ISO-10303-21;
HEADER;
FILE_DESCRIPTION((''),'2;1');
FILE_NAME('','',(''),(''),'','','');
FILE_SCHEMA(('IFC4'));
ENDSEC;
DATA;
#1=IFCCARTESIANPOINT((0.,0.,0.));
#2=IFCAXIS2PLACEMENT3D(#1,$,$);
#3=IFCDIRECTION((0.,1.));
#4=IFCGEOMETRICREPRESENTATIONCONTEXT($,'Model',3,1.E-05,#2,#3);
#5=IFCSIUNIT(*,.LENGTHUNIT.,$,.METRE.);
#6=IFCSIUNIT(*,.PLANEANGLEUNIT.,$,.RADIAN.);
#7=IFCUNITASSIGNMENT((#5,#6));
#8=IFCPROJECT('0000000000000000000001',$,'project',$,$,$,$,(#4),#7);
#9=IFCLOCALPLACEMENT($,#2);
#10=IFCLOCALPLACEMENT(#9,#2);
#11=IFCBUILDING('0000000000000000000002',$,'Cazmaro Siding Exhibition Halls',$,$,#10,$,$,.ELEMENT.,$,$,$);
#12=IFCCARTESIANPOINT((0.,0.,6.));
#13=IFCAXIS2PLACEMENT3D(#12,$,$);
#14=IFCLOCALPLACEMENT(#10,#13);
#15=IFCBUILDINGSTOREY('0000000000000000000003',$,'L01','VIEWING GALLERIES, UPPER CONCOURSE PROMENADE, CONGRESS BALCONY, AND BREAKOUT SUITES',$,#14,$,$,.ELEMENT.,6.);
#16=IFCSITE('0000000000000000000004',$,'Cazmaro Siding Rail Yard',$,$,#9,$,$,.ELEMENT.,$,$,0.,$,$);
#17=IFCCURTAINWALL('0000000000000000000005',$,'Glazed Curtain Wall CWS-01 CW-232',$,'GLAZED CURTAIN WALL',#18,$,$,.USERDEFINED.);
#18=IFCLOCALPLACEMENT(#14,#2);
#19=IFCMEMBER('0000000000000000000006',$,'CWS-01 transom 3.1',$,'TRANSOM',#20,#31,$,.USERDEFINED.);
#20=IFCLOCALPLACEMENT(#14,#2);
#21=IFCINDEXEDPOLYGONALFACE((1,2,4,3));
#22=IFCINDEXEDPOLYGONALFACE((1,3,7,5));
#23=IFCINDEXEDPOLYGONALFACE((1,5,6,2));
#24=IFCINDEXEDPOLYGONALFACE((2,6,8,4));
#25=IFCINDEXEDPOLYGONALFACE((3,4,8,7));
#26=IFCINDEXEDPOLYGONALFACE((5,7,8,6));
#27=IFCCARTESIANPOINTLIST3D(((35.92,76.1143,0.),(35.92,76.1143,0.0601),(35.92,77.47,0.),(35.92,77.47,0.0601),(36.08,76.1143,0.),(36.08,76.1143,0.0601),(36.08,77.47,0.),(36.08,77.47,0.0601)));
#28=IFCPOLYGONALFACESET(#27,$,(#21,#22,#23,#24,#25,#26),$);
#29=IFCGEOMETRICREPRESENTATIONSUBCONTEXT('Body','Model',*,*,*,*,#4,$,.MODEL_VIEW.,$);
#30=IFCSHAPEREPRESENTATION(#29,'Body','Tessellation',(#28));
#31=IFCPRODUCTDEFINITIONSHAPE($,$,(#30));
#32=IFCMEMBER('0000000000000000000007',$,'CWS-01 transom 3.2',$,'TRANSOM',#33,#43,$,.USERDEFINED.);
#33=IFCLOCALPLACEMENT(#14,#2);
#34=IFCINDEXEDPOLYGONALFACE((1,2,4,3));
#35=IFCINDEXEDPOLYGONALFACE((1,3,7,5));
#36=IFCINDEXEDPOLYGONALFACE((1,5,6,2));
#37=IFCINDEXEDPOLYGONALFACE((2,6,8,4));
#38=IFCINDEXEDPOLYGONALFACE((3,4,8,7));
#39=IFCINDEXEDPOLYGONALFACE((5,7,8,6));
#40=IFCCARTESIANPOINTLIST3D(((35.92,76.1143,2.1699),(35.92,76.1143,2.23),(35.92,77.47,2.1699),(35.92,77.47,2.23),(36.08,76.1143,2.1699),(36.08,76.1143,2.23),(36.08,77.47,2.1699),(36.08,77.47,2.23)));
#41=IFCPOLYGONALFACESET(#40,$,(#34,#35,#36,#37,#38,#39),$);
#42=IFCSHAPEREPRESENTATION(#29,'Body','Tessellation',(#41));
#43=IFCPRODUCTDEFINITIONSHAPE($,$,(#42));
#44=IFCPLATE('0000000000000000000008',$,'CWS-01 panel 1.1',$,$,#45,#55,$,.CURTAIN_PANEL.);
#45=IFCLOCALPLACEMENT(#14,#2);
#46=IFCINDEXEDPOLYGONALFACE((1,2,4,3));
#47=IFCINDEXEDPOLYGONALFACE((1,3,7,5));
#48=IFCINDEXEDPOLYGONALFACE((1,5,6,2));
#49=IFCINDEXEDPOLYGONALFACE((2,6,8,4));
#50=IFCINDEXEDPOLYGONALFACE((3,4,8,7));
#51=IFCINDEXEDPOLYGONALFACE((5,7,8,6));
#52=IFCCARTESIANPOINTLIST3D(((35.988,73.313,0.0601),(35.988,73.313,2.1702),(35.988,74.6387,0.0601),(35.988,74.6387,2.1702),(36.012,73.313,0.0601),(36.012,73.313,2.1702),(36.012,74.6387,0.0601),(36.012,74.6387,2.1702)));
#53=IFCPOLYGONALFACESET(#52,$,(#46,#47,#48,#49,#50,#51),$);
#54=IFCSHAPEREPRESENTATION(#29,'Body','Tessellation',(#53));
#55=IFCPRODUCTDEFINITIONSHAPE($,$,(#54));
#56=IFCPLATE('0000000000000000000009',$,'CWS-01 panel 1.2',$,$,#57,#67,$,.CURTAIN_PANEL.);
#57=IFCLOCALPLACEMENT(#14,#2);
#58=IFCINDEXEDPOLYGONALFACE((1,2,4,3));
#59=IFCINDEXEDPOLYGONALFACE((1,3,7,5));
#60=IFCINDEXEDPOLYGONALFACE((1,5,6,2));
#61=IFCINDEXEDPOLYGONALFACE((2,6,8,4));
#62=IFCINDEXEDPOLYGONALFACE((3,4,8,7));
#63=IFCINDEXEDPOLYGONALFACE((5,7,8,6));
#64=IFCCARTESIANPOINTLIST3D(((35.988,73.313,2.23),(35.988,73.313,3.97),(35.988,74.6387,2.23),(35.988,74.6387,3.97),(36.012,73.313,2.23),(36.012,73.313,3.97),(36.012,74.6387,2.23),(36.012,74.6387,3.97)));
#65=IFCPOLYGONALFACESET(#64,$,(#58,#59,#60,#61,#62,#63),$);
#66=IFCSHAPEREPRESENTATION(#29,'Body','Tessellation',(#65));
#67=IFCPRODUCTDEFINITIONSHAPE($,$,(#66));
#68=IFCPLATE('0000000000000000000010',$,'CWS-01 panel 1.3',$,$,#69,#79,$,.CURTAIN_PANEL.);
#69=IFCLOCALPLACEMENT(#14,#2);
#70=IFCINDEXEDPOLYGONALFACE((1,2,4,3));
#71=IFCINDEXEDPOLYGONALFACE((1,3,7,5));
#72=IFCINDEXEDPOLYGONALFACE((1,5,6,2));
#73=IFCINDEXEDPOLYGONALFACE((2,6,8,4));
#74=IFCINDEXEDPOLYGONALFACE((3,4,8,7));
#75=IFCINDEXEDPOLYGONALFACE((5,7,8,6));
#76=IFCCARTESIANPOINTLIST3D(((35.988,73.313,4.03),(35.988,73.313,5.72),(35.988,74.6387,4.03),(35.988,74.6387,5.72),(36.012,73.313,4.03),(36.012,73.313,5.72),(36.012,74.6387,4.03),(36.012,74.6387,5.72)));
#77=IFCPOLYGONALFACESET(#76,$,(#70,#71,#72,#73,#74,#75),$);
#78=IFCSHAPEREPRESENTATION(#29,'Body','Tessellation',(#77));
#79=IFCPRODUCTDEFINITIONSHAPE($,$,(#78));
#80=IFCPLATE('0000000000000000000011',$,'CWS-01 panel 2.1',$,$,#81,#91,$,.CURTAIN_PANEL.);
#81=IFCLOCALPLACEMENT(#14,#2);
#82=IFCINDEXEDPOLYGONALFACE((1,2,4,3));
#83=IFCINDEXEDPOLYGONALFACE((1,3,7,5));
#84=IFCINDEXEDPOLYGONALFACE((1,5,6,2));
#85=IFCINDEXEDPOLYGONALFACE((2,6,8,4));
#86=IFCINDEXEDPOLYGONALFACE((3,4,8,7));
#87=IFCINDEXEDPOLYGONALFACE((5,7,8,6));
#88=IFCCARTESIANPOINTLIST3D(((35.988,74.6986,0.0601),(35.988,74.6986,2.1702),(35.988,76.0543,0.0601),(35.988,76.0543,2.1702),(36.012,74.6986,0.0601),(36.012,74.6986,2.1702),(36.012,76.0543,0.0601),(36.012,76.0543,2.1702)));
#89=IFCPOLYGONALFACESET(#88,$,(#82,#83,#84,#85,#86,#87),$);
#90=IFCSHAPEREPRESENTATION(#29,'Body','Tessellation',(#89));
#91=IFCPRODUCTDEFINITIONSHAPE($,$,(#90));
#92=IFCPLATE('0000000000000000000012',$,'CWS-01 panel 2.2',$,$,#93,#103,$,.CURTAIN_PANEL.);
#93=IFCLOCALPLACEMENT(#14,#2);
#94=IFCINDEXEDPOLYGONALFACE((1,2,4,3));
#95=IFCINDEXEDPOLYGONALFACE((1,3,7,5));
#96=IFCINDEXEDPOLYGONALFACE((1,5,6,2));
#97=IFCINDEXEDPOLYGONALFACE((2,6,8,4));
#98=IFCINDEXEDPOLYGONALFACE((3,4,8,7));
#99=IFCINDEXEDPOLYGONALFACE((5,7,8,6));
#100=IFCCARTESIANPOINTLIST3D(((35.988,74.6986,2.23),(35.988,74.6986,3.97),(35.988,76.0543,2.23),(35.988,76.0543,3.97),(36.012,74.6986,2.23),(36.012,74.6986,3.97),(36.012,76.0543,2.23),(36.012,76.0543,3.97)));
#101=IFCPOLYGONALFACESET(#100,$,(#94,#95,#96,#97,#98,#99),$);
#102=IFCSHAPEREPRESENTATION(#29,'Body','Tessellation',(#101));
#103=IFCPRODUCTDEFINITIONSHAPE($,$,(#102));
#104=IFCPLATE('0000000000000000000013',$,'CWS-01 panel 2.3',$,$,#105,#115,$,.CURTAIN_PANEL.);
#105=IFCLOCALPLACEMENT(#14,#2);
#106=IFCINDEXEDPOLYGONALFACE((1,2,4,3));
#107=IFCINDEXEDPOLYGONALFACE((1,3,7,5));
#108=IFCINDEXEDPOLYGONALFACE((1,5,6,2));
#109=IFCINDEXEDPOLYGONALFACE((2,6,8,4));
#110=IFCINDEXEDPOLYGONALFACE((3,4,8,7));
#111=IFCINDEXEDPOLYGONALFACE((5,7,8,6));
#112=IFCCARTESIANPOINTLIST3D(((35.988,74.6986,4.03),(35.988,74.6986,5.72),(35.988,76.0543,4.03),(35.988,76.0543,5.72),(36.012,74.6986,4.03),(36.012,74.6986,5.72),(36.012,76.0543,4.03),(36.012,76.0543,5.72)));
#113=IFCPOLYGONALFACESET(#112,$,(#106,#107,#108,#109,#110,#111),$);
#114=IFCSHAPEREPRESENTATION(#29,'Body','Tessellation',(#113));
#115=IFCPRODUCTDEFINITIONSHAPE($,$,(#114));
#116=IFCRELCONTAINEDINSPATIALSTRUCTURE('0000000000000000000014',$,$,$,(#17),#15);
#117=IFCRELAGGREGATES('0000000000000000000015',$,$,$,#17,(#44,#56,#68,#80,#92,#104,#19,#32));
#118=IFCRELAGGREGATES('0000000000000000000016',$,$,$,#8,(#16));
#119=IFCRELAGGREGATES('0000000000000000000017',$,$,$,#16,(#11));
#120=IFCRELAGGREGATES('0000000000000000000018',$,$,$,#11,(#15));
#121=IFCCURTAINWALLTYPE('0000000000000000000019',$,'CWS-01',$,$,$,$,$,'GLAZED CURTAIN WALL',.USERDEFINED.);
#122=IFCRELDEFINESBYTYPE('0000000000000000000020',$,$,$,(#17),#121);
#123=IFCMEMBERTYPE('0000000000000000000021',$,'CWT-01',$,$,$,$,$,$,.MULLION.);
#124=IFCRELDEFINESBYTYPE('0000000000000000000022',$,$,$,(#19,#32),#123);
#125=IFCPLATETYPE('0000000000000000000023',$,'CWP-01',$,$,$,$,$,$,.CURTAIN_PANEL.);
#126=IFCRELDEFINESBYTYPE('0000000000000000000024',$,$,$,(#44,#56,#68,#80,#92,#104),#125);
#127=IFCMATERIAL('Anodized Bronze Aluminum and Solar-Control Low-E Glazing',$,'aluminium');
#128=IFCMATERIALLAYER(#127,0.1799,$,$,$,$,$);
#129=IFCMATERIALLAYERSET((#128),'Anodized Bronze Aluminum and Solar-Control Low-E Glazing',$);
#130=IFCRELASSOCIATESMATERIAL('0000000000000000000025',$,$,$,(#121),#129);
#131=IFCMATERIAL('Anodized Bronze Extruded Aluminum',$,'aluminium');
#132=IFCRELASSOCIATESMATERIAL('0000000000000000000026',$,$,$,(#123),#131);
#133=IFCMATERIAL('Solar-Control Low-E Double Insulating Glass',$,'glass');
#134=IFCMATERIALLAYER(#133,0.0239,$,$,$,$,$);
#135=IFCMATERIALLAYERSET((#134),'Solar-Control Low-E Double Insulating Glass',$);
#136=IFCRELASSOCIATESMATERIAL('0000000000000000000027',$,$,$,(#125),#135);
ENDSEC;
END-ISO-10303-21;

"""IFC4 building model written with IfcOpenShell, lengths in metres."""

from ifc_helpers import new_model, si_unit, direction, frame, origin, origin_2d, place, context, subcontext, project, spatial, rectangle, extrude, material, layer, layer_set, material_profile, profile_set, type_object, element, aggregate, save


model = new_model("IFC4")

# Units and contexts
model_context = context("Model", 3, precision=1e-05, world=origin(), true_north=direction((0.0, 1.0)))
body_context = subcontext(model_context, "Body", "Model", "MODEL_VIEW")
ifc_project = project(units=[si_unit("LENGTHUNIT", "METRE"), si_unit("PLANEANGLEUNIT", "RADIAN")], contexts=[model_context])

# Site, building, storey
site_placement = place(None, origin())
site = spatial("IfcSite", under=ifc_project, at=site_placement, Name="Cazmaro Siding Rail Yard", CompositionType="ELEMENT", RefElevation=0.0)
building_placement = place(site_placement, origin())
building = spatial("IfcBuilding", under=site, at=building_placement, Name="Cazmaro Siding Exhibition Halls", CompositionType="ELEMENT")
storey_placement = place(building_placement, frame((0.0, 0.0, 6.0)))
storey = spatial("IfcBuildingStorey", under=building, at=storey_placement, Name="L01", Description="VIEWING GALLERIES, UPPER CONCOURSE PROMENADE, CONGRESS BALCONY, AND BREAKOUT SUITES", CompositionType="ELEMENT", Elevation=6.0)

# Curtain wall, members, plates
ifc_material_1 = material(Name="Anodized Bronze Aluminum and Solar-Control Low-E Glazing", Category="aluminium")
ifc_layer_1 = layer(ifc_material_1, 0.1799)
ifc_layer_set_1 = layer_set([ifc_layer_1], Name="Anodized Bronze Aluminum and Solar-Control Low-E Glazing")
curtain_wall_type = type_object("IfcCurtainWallType", Name="CWS-01", ElementType="GLAZED CURTAIN WALL", PredefinedType="USERDEFINED", material=ifc_layer_set_1)
curtain_wall_placement = place(storey_placement, origin())
curtain_wall = element("IfcCurtainWall", 1, at=curtain_wall_placement, inside=storey, type_object=curtain_wall_type, Name="Glazed Curtain Wall CWS-01 CW-232", ObjectType="GLAZED CURTAIN WALL", PredefinedType="USERDEFINED")
ifc_material_2 = material(Name="Anodized Bronze Extruded Aluminum", Category="aluminium")
ifc_material_profile_1 = material_profile(ifc_material_2, rectangle(XDim=0.1599, YDim=0.0601, at=origin_2d()), Name="CWT-01")
ifc_profile_set_1 = profile_set([ifc_material_profile_1], Name="Anodized Bronze Extruded Aluminum")
member_type_1 = type_object("IfcMemberType", Name="CWT-01", PredefinedType="MULLION", material=ifc_profile_set_1)
member_1_placement = place(storey_placement, frame((36.0, 76.1143, 0.03), z_axis=(0.0, 1.0, 0.0), x_axis=(-1.0, 0.0, 0.0)))
member_1 = element("IfcMember", 2, at=member_1_placement, type_object=member_type_1, Name="CWS-01 transom 3.1", ObjectType="TRANSOM", PredefinedType="USERDEFINED", context=body_context, shape_type="SweptSolid", body=[
    extrude(rectangle(XDim=0.1599, YDim=0.0601, at=origin_2d()), origin(), (0.0, 0.0, 1.0), 1.3557),
])
member_2_placement = place(storey_placement, frame((36.0, 76.1143, 2.2), z_axis=(0.0, 1.0, 0.0), x_axis=(-1.0, 0.0, 0.0)))
member_2 = element("IfcMember", 3, at=member_2_placement, type_object=member_type_1, Name="CWS-01 transom 3.2", ObjectType="TRANSOM", PredefinedType="USERDEFINED", context=body_context, shape_type="SweptSolid", body=[
    extrude(rectangle(XDim=0.1599, YDim=0.0601, at=origin_2d()), origin(), (0.0, 0.0, 1.0), 1.3557),
])
ifc_material_3 = material(Name="Solar-Control Low-E Double Insulating Glass", Category="glass")
ifc_layer_2 = layer(ifc_material_3, 0.0239)
ifc_layer_set_2 = layer_set([ifc_layer_2], Name="Solar-Control Low-E Double Insulating Glass")
plate_type = type_object("IfcPlateType", Name="CWP-01", PredefinedType="CURTAIN_PANEL", material=ifc_layer_set_2)
plate_1_placement = place(storey_placement, frame((36.0, 73.9758, 0.0601), z_axis=(0.0, 0.0, 1.0), x_axis=(0.0, 1.0, 0.0)))
plate_1 = element("IfcPlate", 4, at=plate_1_placement, type_object=plate_type, Name="CWS-01 panel 1.1", PredefinedType="CURTAIN_PANEL", context=body_context, shape_type="SweptSolid", body=[
    extrude(rectangle(XDim=1.3257, YDim=0.0239, at=origin_2d()), origin(), (0.0, 0.0, 1.0), 2.1101),
])
plate_2_placement = place(storey_placement, frame((36.0, 73.9758, 2.23), z_axis=(0.0, 0.0, 1.0), x_axis=(0.0, 1.0, 0.0)))
plate_2 = element("IfcPlate", 5, at=plate_2_placement, type_object=plate_type, Name="CWS-01 panel 1.2", PredefinedType="CURTAIN_PANEL", context=body_context, shape_type="SweptSolid", body=[
    extrude(rectangle(XDim=1.3257, YDim=0.0239, at=origin_2d()), origin(), (0.0, 0.0, 1.0), 1.74),
])
plate_3_placement = place(storey_placement, frame((36.0, 73.9758, 4.03), z_axis=(0.0, 0.0, 1.0), x_axis=(0.0, 1.0, 0.0)))
plate_3 = element("IfcPlate", 6, at=plate_3_placement, type_object=plate_type, Name="CWS-01 panel 1.3", PredefinedType="CURTAIN_PANEL", context=body_context, shape_type="SweptSolid", body=[
    extrude(rectangle(XDim=1.3257, YDim=0.0239, at=origin_2d()), origin(), (0.0, 0.0, 1.0), 1.6899),
])
plate_4_placement = place(storey_placement, frame((36.0, 75.3765, 0.0601), z_axis=(0.0, 0.0, 1.0), x_axis=(0.0, 1.0, 0.0)))
plate_4 = element("IfcPlate", 7, at=plate_4_placement, type_object=plate_type, Name="CWS-01 panel 2.1", PredefinedType="CURTAIN_PANEL", context=body_context, shape_type="SweptSolid", body=[
    extrude(rectangle(XDim=1.3557, YDim=0.0239, at=origin_2d()), origin(), (0.0, 0.0, 1.0), 2.1101),
])
plate_5_placement = place(storey_placement, frame((36.0, 75.3765, 2.23), z_axis=(0.0, 0.0, 1.0), x_axis=(0.0, 1.0, 0.0)))
plate_5 = element("IfcPlate", 8, at=plate_5_placement, type_object=plate_type, Name="CWS-01 panel 2.2", PredefinedType="CURTAIN_PANEL", context=body_context, shape_type="SweptSolid", body=[
    extrude(rectangle(XDim=1.3557, YDim=0.0239, at=origin_2d()), origin(), (0.0, 0.0, 1.0), 1.74),
])
plate_6_placement = place(storey_placement, frame((36.0, 75.3765, 4.03), z_axis=(0.0, 0.0, 1.0), x_axis=(0.0, 1.0, 0.0)))
plate_6 = element("IfcPlate", 9, at=plate_6_placement, type_object=plate_type, Name="CWS-01 panel 2.3", PredefinedType="CURTAIN_PANEL", context=body_context, shape_type="SweptSolid", body=[
    extrude(rectangle(XDim=1.3557, YDim=0.0239, at=origin_2d()), origin(), (0.0, 0.0, 1.0), 1.6899),
])
aggregate(curtain_wall, [plate_1, plate_2, plate_3, plate_4, plate_5, plate_6, member_1, member_2])

save(model, "model.ifc")
